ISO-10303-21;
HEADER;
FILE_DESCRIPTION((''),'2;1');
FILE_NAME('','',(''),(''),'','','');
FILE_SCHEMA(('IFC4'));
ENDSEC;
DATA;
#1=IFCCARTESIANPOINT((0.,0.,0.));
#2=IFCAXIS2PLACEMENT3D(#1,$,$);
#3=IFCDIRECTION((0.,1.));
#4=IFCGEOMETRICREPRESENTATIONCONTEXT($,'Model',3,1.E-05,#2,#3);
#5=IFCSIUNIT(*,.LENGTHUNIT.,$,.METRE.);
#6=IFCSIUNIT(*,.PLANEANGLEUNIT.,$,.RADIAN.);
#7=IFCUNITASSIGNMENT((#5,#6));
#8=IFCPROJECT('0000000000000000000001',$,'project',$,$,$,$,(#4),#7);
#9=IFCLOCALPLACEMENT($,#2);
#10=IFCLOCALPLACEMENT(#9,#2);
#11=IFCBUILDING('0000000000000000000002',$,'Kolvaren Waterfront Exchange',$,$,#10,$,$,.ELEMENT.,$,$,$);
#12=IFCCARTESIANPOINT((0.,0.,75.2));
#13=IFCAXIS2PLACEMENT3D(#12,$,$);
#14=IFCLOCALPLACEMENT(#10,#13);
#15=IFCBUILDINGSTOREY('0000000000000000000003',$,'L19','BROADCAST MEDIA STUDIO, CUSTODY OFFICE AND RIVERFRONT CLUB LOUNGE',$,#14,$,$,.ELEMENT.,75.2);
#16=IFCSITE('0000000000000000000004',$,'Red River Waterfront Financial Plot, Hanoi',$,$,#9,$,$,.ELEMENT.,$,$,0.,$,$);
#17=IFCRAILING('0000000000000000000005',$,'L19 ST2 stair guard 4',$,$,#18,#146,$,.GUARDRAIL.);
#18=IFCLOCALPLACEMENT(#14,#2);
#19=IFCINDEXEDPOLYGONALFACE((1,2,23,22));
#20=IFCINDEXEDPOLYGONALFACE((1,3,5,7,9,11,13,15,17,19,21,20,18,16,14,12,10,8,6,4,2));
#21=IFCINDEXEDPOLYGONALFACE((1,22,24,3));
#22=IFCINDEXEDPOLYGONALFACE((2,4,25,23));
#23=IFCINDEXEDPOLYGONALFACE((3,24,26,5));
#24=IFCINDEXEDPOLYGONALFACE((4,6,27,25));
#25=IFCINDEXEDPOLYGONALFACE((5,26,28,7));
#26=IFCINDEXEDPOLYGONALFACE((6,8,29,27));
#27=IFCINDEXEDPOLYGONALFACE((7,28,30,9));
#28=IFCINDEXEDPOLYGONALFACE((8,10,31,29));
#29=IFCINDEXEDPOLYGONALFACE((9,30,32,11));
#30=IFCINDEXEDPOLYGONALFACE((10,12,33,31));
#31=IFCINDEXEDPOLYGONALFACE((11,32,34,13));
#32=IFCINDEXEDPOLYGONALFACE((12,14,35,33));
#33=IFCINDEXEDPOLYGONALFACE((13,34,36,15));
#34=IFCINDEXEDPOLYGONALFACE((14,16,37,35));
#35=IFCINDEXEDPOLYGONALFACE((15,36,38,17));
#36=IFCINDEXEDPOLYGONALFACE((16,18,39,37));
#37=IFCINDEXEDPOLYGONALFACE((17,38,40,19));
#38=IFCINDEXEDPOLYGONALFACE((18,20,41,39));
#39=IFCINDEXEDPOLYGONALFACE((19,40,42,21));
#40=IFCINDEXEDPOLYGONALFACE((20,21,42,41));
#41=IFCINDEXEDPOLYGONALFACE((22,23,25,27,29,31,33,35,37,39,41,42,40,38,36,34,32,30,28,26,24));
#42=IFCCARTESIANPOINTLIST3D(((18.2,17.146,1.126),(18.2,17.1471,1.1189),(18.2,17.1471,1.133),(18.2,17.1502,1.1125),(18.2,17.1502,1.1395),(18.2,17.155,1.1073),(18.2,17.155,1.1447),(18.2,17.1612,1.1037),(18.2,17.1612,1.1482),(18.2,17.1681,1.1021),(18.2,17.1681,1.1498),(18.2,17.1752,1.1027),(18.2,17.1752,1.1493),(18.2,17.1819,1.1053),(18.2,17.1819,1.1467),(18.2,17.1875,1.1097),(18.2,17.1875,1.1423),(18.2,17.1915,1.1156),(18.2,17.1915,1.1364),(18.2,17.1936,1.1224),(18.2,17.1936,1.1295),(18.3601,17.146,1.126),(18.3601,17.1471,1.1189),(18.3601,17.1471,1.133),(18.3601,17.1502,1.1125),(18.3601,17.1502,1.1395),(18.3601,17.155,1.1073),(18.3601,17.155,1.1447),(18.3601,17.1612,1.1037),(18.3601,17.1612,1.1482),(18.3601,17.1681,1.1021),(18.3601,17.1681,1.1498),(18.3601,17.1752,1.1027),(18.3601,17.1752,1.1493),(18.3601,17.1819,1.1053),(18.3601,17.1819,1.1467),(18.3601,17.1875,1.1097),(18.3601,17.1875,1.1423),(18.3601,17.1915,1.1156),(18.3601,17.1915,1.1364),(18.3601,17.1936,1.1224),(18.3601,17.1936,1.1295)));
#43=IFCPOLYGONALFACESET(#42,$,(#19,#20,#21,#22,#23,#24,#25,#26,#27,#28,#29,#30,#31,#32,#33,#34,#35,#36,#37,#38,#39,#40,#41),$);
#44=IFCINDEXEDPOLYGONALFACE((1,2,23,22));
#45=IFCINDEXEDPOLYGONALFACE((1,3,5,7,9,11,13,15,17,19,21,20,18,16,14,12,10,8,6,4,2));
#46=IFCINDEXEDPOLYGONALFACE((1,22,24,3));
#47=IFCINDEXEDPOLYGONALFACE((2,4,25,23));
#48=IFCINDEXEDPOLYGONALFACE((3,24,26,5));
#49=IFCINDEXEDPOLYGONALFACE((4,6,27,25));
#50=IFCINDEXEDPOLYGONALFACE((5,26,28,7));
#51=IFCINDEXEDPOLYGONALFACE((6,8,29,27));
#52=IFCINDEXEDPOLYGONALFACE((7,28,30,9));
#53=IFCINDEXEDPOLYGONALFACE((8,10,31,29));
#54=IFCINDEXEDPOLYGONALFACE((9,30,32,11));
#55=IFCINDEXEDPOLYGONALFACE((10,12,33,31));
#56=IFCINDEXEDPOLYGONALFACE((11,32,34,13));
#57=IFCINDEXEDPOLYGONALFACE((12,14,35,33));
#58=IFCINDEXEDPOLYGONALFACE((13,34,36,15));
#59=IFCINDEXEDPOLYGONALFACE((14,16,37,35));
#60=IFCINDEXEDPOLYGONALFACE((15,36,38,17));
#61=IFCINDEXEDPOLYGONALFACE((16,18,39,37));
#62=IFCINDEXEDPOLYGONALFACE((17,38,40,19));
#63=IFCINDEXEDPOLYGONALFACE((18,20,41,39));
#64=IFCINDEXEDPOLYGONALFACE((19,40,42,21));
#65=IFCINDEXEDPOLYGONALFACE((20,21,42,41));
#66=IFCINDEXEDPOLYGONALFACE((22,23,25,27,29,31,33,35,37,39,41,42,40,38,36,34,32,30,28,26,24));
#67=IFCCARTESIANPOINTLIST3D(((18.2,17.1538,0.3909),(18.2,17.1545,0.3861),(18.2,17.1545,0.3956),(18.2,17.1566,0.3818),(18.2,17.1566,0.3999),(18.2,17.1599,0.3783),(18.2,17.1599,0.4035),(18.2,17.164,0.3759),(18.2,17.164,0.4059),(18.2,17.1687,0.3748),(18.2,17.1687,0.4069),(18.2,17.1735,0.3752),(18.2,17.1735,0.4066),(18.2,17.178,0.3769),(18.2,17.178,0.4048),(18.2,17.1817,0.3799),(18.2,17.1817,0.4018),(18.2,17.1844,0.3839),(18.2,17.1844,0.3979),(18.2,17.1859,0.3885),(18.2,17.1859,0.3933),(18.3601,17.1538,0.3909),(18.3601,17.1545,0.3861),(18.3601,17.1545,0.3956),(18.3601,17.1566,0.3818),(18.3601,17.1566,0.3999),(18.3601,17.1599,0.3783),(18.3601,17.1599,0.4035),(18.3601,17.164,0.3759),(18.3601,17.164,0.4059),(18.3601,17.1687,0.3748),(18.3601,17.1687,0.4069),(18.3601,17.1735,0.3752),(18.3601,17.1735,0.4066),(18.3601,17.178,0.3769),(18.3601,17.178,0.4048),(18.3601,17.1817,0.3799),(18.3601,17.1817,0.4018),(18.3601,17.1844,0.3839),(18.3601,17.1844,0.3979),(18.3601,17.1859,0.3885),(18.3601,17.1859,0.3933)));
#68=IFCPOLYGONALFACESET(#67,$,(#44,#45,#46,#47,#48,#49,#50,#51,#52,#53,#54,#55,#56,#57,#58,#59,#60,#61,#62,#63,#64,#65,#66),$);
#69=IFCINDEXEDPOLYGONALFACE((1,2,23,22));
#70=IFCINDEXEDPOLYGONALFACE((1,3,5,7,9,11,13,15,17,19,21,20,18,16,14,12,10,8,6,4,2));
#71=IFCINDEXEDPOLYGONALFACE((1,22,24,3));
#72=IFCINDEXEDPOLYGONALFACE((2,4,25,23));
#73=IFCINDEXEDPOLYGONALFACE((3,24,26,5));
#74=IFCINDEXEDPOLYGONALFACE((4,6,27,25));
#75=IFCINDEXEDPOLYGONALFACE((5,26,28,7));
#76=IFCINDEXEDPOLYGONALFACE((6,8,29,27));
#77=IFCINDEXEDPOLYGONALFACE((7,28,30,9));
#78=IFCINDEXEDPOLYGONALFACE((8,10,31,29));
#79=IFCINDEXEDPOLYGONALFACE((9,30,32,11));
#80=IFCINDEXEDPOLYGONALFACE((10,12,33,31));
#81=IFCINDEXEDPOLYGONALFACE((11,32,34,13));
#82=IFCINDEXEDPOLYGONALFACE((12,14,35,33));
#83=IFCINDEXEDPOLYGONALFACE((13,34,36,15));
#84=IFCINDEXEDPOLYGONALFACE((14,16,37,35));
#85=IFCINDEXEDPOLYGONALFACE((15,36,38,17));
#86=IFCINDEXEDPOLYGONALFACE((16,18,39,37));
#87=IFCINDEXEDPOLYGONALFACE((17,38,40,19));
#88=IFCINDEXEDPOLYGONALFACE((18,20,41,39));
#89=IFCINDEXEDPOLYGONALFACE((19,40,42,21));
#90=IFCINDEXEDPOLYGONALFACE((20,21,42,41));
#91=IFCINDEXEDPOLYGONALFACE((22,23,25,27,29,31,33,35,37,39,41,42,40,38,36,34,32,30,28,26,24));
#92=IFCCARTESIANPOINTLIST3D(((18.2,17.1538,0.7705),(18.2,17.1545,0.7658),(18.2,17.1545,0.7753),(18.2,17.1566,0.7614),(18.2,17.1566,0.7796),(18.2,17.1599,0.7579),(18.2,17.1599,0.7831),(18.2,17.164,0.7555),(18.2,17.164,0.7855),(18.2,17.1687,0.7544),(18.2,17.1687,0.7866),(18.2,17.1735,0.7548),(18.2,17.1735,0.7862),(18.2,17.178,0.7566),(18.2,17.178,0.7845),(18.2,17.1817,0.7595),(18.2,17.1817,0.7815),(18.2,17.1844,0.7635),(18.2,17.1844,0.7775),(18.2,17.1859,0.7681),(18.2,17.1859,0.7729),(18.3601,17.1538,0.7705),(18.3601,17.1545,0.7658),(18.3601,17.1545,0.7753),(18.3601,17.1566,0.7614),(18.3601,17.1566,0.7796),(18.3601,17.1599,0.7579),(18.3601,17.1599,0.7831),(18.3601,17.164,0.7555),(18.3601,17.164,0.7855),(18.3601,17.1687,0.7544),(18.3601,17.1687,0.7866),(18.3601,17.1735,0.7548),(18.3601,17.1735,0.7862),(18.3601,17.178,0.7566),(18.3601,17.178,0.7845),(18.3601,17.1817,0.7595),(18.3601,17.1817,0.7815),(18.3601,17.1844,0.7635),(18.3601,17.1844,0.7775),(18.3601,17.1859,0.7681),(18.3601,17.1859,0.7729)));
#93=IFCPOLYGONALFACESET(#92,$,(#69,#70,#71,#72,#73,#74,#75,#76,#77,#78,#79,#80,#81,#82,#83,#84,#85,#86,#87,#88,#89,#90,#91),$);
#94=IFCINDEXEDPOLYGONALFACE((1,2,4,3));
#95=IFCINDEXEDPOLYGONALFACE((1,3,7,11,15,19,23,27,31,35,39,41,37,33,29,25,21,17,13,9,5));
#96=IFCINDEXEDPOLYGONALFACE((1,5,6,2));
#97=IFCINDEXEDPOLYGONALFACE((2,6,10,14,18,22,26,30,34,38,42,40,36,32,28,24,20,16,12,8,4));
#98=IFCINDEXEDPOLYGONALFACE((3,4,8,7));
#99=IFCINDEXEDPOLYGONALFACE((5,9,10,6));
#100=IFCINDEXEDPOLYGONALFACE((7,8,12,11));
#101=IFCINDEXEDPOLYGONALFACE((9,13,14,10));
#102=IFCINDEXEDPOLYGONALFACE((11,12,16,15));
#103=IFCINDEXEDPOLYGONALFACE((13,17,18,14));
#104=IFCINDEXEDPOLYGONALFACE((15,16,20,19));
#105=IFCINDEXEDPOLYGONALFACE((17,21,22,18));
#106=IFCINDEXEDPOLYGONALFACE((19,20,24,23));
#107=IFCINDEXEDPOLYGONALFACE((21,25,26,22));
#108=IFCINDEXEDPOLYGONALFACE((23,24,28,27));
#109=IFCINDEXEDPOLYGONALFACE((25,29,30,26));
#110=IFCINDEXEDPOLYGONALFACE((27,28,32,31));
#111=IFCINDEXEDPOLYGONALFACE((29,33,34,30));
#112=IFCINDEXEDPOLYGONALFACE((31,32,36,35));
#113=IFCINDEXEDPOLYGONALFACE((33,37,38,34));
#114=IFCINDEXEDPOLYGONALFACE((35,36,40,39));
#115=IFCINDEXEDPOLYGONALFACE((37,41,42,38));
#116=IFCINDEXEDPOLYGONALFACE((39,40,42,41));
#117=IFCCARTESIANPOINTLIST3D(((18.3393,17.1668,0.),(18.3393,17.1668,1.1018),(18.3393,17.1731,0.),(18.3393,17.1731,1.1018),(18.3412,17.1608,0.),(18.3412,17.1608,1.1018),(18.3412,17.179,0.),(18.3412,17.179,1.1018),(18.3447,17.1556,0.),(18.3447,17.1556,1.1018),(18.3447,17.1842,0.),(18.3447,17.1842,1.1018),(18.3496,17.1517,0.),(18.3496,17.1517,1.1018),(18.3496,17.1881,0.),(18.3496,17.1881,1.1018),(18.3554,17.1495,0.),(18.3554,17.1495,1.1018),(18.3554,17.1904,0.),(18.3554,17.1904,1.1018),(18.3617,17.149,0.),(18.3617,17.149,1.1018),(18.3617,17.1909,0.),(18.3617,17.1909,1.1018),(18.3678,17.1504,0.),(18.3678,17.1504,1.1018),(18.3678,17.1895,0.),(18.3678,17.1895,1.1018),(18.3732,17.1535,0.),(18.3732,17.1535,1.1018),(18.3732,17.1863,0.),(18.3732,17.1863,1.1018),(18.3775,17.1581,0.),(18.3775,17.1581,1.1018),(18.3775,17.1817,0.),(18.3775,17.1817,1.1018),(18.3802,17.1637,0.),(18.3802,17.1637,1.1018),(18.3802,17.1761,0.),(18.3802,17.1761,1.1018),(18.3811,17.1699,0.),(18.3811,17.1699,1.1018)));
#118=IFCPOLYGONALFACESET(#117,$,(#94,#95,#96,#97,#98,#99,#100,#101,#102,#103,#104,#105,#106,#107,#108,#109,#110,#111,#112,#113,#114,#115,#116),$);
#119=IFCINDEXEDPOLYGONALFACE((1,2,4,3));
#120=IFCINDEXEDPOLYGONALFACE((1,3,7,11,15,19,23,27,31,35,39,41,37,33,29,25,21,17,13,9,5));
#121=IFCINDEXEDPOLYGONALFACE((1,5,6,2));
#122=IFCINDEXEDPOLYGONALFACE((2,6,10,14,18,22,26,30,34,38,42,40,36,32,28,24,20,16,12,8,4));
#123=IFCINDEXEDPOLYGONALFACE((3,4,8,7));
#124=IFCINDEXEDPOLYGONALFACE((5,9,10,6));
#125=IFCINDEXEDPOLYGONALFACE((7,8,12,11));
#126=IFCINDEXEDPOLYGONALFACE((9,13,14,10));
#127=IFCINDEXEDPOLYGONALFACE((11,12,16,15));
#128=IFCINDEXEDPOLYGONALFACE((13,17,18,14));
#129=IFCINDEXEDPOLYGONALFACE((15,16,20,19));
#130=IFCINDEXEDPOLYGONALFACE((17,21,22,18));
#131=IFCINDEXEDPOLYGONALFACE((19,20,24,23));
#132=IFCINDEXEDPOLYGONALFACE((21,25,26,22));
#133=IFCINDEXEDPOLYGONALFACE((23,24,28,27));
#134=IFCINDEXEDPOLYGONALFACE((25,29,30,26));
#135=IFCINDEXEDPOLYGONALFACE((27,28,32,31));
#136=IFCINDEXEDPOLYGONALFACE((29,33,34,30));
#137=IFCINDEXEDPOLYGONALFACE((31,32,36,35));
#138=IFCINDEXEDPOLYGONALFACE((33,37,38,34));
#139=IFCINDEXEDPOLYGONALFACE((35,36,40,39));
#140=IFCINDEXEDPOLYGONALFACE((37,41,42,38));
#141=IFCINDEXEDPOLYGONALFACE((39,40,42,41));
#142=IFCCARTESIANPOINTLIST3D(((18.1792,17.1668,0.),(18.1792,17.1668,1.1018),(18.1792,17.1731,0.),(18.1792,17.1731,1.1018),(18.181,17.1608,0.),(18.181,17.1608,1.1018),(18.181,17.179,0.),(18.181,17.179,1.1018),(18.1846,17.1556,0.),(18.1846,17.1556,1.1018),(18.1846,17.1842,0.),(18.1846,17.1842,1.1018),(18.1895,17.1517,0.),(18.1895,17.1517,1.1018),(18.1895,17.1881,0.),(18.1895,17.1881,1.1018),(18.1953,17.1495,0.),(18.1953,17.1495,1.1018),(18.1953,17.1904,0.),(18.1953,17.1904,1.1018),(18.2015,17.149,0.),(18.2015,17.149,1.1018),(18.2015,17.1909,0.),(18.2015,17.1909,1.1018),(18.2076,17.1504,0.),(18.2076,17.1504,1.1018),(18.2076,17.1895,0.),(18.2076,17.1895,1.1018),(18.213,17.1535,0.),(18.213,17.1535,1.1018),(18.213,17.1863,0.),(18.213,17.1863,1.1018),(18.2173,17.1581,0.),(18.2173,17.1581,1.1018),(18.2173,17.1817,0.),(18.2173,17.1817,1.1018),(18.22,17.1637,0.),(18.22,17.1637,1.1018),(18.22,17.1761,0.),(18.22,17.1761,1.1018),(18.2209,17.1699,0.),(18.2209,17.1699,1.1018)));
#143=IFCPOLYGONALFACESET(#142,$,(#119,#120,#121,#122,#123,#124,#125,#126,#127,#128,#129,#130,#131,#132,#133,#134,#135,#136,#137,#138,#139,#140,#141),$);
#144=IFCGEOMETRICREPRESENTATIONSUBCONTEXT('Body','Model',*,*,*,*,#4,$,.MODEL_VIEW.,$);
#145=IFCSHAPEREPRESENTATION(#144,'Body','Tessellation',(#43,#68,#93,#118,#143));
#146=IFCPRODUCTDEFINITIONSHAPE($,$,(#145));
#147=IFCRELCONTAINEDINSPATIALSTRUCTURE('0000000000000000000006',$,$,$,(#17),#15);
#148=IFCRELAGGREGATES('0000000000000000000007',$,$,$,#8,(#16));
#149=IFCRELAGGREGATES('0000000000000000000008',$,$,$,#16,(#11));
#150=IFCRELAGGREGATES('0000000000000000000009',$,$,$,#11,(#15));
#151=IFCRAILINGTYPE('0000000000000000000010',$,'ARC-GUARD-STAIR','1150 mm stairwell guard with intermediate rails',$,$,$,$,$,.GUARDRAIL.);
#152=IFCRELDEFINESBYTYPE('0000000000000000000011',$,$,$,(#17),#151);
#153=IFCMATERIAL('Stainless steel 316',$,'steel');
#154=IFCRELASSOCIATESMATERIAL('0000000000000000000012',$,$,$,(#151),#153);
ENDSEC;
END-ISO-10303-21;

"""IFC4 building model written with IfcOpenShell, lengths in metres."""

from ifc_helpers import new_model, si_unit, direction, frame, origin, origin_2d, place, context, subcontext, project, spatial, circle, extrude, material, type_object, element, save


model = new_model("IFC4")

# Units and contexts
model_context = context("Model", 3, precision=1e-05, world=origin(), true_north=direction((0.0, 1.0)))
body_context = subcontext(model_context, "Body", "Model", "MODEL_VIEW")
ifc_project = project(units=[si_unit("LENGTHUNIT", "METRE"), si_unit("PLANEANGLEUNIT", "RADIAN")], contexts=[model_context])

# Site, building, storey
site_placement = place(None, origin())
site = spatial("IfcSite", under=ifc_project, at=site_placement, Name="Red River Waterfront Financial Plot, Hanoi", CompositionType="ELEMENT", RefElevation=0.0)
building_placement = place(site_placement, origin())
building = spatial("IfcBuilding", under=site, at=building_placement, Name="Kolvaren Waterfront Exchange", CompositionType="ELEMENT")
storey_placement = place(building_placement, frame((0.0, 0.0, 75.2)))
storey = spatial("IfcBuildingStorey", under=building, at=storey_placement, Name="L19", Description="BROADCAST MEDIA STUDIO, CUSTODY OFFICE AND RIVERFRONT CLUB LOUNGE", CompositionType="ELEMENT", Elevation=75.2)

# Railing
ifc_material_1 = material(Name="Stainless steel 316", Category="steel")
railing_type_1 = type_object("IfcRailingType", Name="ARC-GUARD-STAIR", Description="1150 mm stairwell guard with intermediate rails", PredefinedType="GUARDRAIL", material=ifc_material_1)
railing_1_placement = place(storey_placement, frame((18.3601, 17.1699, 0.0)))
element("IfcRailing", 1, at=railing_1_placement, inside=storey, type_object=railing_type_1, Name="L19 ST2 stair guard 4", PredefinedType="GUARDRAIL", context=body_context, shape_type="SweptSolid", body=[
    extrude(circle(Radius=0.0239, at=origin_2d()), frame((0.0, 0.0, 1.126), z_axis=(-1.0, 0.0, 0.0), x_axis=(0.0, -1.0, 0.0)), (0.0, 0.0, 1.0), 0.1602),
    extrude(circle(Radius=0.0161, at=origin_2d()), frame((0.0, 0.0, 0.3909), z_axis=(-1.0, 0.0, 0.0), x_axis=(0.0, -1.0, 0.0)), (0.0, 0.0, 1.0), 0.1602),
    extrude(circle(Radius=0.0161, at=origin_2d()), frame((0.0, 0.0, 0.7705), z_axis=(-1.0, 0.0, 0.0), x_axis=(0.0, -1.0, 0.0)), (0.0, 0.0, 1.0), 0.1602),
    extrude(circle(Radius=0.021, at=origin_2d()), origin(), (0.0, 0.0, 1.0), 1.1018),
    extrude(circle(Radius=0.021, at=origin_2d()), frame((-0.1602, 0.0, 0.0)), (0.0, 0.0, 1.0), 1.1018),
])

save(model, "model.ifc")
